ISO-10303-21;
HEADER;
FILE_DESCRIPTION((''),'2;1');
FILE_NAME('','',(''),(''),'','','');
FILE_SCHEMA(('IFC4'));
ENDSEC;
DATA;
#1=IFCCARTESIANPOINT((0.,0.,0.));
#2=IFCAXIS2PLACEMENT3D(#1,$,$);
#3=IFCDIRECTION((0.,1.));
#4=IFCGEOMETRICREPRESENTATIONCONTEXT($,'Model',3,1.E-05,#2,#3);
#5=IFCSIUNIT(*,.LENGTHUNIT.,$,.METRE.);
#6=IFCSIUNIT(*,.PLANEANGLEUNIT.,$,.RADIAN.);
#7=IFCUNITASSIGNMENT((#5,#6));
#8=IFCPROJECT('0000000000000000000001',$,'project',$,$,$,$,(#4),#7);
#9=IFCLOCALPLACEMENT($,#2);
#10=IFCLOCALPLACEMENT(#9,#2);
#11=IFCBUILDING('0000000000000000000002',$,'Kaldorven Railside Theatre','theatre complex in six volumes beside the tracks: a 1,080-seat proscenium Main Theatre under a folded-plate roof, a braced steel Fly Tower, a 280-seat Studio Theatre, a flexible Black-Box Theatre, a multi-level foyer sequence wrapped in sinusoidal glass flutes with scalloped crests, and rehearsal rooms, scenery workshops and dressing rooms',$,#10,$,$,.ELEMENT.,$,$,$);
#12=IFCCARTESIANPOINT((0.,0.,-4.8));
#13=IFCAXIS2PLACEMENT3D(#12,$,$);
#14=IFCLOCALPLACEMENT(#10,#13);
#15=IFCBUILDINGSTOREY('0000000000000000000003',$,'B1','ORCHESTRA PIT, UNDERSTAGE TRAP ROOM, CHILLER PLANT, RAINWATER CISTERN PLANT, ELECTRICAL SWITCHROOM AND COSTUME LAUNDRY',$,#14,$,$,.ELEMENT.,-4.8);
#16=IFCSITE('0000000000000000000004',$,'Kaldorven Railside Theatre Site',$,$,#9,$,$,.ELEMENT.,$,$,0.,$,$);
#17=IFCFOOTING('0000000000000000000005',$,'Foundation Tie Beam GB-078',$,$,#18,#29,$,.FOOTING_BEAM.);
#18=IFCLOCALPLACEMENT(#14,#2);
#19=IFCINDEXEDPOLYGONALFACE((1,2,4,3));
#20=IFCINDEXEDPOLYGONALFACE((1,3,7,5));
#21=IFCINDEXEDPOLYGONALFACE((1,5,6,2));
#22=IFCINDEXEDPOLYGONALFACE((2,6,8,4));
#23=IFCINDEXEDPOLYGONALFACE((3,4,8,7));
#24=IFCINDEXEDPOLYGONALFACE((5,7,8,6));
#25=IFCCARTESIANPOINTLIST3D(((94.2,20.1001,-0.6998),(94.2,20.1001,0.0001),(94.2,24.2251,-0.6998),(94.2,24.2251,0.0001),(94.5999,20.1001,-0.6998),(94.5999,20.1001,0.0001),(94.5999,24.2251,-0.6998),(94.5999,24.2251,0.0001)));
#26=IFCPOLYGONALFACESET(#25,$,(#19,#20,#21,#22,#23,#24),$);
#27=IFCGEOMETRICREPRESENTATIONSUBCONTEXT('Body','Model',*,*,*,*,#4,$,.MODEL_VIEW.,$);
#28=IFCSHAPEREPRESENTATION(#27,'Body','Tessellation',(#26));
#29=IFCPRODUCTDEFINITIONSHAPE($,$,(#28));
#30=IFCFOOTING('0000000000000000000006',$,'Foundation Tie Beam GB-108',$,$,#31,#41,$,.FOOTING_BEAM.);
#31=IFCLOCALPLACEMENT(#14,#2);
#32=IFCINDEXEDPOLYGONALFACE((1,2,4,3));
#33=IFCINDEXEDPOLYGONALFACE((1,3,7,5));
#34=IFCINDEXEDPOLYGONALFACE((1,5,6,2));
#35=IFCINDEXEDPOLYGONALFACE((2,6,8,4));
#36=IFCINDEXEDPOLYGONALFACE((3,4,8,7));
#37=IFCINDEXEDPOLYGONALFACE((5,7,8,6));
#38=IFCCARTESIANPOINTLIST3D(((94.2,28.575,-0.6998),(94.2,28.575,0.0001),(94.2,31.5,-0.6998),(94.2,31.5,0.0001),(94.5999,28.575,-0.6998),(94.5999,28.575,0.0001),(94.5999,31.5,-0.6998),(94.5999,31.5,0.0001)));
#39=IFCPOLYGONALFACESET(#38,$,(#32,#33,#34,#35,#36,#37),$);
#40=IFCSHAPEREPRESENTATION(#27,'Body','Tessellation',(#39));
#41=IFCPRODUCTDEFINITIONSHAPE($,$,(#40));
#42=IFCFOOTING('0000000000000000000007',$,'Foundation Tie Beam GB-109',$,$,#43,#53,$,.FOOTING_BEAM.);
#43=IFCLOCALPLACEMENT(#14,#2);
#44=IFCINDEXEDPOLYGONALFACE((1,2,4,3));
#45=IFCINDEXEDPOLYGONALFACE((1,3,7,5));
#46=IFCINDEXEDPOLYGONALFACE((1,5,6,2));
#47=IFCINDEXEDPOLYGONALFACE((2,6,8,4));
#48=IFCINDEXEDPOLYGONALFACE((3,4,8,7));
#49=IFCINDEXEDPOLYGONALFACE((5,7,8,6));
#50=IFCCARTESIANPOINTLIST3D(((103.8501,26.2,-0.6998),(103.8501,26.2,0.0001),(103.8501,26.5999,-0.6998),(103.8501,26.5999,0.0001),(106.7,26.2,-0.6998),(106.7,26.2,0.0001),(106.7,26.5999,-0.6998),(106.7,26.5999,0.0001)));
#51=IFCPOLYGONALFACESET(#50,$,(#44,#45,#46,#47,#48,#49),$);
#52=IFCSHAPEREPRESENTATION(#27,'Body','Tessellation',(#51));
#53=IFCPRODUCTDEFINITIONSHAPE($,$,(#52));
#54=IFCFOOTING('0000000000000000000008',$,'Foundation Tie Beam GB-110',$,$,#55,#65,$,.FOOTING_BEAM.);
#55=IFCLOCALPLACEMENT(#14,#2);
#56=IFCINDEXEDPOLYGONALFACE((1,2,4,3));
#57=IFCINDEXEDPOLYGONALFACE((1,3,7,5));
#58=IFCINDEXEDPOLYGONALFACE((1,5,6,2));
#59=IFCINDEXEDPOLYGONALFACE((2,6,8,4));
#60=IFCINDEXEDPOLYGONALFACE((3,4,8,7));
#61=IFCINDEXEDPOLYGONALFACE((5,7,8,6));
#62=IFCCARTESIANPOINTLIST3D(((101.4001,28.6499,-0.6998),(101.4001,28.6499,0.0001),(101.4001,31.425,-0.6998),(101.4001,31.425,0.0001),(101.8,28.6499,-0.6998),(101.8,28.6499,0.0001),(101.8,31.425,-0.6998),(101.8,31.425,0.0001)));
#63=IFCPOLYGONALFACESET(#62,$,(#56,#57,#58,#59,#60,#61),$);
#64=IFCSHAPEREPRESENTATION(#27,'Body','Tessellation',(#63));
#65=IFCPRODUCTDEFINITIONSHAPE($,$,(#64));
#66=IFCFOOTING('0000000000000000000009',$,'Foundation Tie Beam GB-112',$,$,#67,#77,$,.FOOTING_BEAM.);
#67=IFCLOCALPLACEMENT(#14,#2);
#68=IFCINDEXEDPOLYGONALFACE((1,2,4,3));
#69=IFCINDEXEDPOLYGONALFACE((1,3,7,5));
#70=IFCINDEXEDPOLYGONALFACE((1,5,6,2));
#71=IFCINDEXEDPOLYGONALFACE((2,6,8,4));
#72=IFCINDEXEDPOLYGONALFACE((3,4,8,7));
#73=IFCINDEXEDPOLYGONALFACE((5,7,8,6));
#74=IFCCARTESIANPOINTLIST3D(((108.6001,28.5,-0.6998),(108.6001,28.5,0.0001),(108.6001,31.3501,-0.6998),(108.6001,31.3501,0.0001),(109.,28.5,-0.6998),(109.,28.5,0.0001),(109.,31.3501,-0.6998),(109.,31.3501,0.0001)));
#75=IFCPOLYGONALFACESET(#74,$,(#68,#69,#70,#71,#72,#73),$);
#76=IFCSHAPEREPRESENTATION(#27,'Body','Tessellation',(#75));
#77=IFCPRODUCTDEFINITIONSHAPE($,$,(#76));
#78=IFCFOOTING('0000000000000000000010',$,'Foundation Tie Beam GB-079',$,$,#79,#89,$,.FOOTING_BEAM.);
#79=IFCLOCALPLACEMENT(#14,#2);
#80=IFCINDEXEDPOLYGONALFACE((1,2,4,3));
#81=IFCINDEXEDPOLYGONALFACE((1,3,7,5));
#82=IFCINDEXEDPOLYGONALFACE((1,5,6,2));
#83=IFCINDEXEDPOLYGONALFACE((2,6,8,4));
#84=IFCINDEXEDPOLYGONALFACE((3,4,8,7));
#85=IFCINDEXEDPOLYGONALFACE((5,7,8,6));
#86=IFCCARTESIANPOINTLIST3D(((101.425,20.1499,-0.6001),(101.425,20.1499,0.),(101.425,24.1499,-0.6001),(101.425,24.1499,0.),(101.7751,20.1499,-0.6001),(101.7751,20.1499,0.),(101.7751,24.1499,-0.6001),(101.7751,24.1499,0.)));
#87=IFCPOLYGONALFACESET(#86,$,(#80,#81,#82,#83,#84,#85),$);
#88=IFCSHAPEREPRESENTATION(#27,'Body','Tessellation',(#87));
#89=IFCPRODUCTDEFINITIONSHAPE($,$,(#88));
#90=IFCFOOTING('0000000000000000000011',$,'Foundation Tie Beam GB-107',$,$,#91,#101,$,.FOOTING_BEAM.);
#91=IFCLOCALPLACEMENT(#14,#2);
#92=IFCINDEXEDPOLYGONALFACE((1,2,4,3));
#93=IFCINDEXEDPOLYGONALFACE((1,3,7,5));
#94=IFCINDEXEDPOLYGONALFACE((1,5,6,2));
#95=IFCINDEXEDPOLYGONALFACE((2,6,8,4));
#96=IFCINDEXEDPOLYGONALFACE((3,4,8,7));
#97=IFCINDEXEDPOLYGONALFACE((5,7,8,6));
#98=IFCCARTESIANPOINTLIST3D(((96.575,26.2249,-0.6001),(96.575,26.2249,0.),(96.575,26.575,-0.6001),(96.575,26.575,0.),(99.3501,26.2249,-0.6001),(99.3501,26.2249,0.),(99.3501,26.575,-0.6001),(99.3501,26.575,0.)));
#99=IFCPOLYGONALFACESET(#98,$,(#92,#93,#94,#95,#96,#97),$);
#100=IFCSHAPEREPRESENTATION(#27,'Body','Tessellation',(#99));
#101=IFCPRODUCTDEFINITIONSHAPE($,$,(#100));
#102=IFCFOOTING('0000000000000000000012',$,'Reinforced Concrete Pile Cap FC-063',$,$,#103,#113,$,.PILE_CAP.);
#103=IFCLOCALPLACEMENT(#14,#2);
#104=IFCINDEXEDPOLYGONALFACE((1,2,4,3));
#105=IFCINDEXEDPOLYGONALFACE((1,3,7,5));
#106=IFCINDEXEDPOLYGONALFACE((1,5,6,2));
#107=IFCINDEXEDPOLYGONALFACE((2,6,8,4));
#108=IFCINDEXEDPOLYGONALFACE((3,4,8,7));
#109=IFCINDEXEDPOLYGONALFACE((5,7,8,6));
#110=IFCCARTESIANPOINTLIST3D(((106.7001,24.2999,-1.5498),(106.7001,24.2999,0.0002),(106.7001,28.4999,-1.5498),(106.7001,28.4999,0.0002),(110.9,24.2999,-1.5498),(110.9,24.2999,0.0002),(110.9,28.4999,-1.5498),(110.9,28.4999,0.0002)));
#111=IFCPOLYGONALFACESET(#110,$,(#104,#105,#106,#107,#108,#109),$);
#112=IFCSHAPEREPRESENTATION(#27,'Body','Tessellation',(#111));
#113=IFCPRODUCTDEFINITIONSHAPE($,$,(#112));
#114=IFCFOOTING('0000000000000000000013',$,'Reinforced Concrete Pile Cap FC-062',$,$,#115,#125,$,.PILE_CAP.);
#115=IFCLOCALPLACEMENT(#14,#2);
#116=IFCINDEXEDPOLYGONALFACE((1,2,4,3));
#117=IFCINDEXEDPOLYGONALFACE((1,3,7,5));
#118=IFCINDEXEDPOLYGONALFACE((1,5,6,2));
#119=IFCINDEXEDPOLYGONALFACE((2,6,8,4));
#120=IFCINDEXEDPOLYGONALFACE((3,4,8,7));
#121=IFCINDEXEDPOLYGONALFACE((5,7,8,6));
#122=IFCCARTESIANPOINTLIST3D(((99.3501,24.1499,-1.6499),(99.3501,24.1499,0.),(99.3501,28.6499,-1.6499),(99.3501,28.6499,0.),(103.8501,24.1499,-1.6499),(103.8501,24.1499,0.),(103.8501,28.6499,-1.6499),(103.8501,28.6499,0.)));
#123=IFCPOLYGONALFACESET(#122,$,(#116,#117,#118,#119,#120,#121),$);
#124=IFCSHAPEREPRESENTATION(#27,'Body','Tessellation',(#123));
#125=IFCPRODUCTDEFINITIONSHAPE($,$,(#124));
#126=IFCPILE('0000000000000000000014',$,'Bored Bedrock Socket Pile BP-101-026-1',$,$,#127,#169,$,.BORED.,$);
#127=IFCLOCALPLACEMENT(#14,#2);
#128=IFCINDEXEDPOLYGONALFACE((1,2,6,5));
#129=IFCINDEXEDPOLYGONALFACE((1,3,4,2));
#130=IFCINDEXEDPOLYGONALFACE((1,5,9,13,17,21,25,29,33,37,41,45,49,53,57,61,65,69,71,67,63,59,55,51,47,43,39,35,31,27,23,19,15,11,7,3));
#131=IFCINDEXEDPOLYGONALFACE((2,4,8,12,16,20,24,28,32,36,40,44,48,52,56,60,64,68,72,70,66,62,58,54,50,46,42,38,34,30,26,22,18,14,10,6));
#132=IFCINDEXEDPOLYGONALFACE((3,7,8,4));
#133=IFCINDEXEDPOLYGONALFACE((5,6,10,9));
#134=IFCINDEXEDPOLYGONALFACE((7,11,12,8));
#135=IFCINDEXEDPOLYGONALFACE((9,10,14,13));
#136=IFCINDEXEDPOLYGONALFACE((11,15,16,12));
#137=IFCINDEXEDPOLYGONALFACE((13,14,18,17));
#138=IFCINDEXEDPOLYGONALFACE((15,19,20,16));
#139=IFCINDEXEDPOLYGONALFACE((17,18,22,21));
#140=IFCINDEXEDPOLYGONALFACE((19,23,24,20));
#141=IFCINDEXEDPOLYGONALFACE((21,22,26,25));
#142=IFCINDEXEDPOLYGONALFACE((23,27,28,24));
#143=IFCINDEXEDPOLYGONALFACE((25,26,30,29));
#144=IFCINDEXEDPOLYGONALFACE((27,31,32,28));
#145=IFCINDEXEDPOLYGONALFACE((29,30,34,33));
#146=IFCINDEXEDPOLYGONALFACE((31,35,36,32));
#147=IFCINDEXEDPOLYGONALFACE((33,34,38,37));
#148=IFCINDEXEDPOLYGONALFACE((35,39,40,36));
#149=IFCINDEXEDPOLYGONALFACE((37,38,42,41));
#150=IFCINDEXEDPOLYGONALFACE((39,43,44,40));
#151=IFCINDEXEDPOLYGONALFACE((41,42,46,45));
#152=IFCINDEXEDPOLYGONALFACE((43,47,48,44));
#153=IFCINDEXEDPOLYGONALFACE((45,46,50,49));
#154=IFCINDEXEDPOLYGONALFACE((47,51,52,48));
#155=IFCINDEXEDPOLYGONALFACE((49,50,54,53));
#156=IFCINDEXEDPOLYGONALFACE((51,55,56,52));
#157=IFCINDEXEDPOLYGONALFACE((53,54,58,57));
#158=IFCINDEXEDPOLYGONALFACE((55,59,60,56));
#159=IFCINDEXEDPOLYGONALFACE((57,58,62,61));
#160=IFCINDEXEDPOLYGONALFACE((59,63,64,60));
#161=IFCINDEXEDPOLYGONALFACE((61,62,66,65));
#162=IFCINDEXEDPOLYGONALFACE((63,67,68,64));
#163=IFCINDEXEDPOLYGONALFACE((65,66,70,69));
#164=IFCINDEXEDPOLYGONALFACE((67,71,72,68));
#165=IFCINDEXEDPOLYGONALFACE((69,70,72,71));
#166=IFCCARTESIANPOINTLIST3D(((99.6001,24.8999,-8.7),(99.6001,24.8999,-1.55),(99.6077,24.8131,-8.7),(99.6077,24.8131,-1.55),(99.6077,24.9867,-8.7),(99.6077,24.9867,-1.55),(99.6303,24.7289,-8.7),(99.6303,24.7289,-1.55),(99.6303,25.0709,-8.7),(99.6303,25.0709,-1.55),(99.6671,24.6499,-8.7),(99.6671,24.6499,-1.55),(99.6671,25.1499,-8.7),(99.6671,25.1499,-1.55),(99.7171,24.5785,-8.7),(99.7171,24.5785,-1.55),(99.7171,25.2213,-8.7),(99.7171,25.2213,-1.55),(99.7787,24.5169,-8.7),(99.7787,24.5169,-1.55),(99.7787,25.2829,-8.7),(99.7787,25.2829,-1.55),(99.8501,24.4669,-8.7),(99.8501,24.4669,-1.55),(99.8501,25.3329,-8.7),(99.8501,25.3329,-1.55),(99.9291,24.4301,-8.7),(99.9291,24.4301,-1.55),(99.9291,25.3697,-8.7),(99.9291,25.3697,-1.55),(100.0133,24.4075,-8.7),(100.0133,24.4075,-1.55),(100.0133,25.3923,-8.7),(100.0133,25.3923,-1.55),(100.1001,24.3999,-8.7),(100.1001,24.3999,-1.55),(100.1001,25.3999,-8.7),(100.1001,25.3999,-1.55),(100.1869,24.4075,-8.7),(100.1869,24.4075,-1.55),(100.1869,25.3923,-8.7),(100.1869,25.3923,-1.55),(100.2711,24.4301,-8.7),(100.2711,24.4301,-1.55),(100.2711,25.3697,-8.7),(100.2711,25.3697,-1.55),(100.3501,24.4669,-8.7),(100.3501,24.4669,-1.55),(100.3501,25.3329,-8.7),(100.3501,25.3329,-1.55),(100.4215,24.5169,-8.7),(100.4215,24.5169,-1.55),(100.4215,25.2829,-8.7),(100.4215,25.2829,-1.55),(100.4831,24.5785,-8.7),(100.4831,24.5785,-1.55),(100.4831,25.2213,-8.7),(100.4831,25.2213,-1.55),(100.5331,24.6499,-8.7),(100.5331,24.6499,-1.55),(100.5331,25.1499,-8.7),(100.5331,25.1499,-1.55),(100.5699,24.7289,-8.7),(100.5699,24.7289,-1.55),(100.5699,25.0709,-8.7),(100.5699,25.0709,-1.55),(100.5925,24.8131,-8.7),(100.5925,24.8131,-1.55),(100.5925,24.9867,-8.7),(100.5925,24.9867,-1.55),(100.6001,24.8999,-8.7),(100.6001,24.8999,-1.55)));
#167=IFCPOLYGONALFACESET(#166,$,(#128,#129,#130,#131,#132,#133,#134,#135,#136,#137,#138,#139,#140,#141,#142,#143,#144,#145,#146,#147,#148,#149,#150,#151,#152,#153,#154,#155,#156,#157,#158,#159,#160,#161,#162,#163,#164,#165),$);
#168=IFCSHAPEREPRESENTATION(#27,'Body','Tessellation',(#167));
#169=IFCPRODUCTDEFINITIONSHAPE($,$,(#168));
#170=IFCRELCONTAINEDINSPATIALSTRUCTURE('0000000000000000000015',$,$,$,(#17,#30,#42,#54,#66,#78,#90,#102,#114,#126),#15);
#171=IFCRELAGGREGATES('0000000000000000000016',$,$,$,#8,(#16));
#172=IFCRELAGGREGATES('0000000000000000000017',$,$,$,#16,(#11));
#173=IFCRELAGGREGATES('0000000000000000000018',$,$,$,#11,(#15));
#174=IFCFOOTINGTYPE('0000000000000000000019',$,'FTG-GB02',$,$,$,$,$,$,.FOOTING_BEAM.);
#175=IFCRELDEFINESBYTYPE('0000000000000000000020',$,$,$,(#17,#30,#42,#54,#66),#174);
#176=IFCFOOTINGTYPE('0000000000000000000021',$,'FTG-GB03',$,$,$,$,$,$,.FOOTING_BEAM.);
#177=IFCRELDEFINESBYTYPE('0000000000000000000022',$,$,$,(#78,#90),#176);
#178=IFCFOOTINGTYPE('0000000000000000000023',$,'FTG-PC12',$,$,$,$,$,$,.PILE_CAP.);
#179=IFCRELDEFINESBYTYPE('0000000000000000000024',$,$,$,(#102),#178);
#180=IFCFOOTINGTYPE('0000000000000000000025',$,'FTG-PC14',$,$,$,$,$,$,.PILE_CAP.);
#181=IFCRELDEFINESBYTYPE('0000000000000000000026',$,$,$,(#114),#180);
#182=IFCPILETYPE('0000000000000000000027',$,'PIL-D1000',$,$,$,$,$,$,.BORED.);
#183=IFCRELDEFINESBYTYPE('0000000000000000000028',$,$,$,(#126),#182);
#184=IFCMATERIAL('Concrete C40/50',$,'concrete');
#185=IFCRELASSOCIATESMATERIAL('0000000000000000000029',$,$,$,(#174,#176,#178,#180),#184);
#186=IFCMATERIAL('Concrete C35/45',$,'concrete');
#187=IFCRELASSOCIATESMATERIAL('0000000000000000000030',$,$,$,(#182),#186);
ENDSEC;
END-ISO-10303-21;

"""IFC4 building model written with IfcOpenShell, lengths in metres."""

from ifc_helpers import new_model, si_unit, direction, frame, origin, origin_2d, place, context, subcontext, project, spatial, rectangle, circle, extrude, material, material_profile, profile_set, type_object, element, save


model = new_model("IFC4")

# Units and contexts
model_context = context("Model", 3, precision=1e-05, world=origin(), true_north=direction((0.0, 1.0)))
body_context = subcontext(model_context, "Body", "Model", "MODEL_VIEW")
ifc_project = project(units=[si_unit("LENGTHUNIT", "METRE"), si_unit("PLANEANGLEUNIT", "RADIAN")], contexts=[model_context])

# Site, building, storey
site_placement = place(None, origin())
site = spatial("IfcSite", under=ifc_project, at=site_placement, Name="Kaldorven Railside Theatre Site", CompositionType="ELEMENT", RefElevation=0.0)
building_placement = place(site_placement, origin())
building = spatial("IfcBuilding", under=site, at=building_placement, Name="Kaldorven Railside Theatre", Description="theatre complex in six volumes beside the tracks: a 1,080-seat proscenium Main Theatre under a folded-plate roof, a braced steel Fly Tower, a 280-seat Studio Theatre, a flexible Black-Box Theatre, a multi-level foyer sequence wrapped in sinusoidal glass flutes with scalloped crests, and rehearsal rooms, scenery workshops and dressing rooms", CompositionType="ELEMENT")
storey_placement = place(building_placement, frame((0.0, 0.0, -4.8)))
storey = spatial("IfcBuildingStorey", under=building, at=storey_placement, Name="B1", Description="ORCHESTRA PIT, UNDERSTAGE TRAP ROOM, CHILLER PLANT, RAINWATER CISTERN PLANT, ELECTRICAL SWITCHROOM AND COSTUME LAUNDRY", CompositionType="ELEMENT", Elevation=-4.8)

# Footings
ifc_material_1 = material(Name="Concrete C40/50", Category="concrete")
ifc_material_profile_1 = material_profile(ifc_material_1, rectangle(XDim=0.3999, YDim=0.7, at=origin_2d()), Name="RC 400x700")
ifc_profile_set_1 = profile_set([ifc_material_profile_1], Name="Concrete C40/50")
footing_type_1 = type_object("IfcFootingType", Name="FTG-GB02", PredefinedType="FOOTING_BEAM", material=ifc_profile_set_1)
footing_1_placement = place(storey_placement, frame((94.3999, 20.1001, -0.3499), z_axis=(0.0, 1.0, 0.0), x_axis=(-1.0, 0.0, 0.0)))
element("IfcFooting", 1, at=footing_1_placement, inside=storey, type_object=footing_type_1, Name="Foundation Tie Beam GB-078", PredefinedType="FOOTING_BEAM", context=body_context, shape_type="SweptSolid", body=[
    extrude(rectangle(XDim=0.3999, YDim=0.7, at=origin_2d()), origin(), (0.0, 0.0, 1.0), 4.125),
])
footing_2_placement = place(storey_placement, frame((94.3999, 28.575, -0.3499), z_axis=(0.0, 1.0, 0.0), x_axis=(-1.0, 0.0, 0.0)))
element("IfcFooting", 2, at=footing_2_placement, inside=storey, type_object=footing_type_1, Name="Foundation Tie Beam GB-108", PredefinedType="FOOTING_BEAM", context=body_context, shape_type="SweptSolid", body=[
    extrude(rectangle(XDim=0.3999, YDim=0.7, at=origin_2d()), origin(), (0.0, 0.0, 1.0), 2.925),
])
footing_3_placement = place(storey_placement, frame((103.8501, 26.3999, -0.3499), z_axis=(1.0, 0.0, 0.0), x_axis=(0.0, 1.0, 0.0)))
element("IfcFooting", 3, at=footing_3_placement, inside=storey, type_object=footing_type_1, Name="Foundation Tie Beam GB-109", PredefinedType="FOOTING_BEAM", context=body_context, shape_type="SweptSolid", body=[
    extrude(rectangle(XDim=0.3999, YDim=0.7, at=origin_2d()), origin(), (0.0, 0.0, 1.0), 2.8499),
])
footing_4_placement = place(storey_placement, frame((101.6001, 28.6499, -0.3499), z_axis=(0.0, 1.0, 0.0), x_axis=(-1.0, 0.0, 0.0)))
element("IfcFooting", 4, at=footing_4_placement, inside=storey, type_object=footing_type_1, Name="Foundation Tie Beam GB-110", PredefinedType="FOOTING_BEAM", context=body_context, shape_type="SweptSolid", body=[
    extrude(rectangle(XDim=0.3999, YDim=0.7, at=origin_2d()), origin(), (0.0, 0.0, 1.0), 2.7751),
])
footing_5_placement = place(storey_placement, frame((108.8, 28.5, -0.3499), z_axis=(0.0, 1.0, 0.0), x_axis=(-1.0, 0.0, 0.0)))
element("IfcFooting", 5, at=footing_5_placement, inside=storey, type_object=footing_type_1, Name="Foundation Tie Beam GB-112", PredefinedType="FOOTING_BEAM", context=body_context, shape_type="SweptSolid", body=[
    extrude(rectangle(XDim=0.3999, YDim=0.7, at=origin_2d()), origin(), (0.0, 0.0, 1.0), 2.8501),
])
ifc_material_profile_2 = material_profile(ifc_material_1, rectangle(XDim=0.3501, YDim=0.6001, at=origin_2d()), Name="RC 350x600")
ifc_profile_set_2 = profile_set([ifc_material_profile_2], Name="Concrete C40/50")
footing_type_2 = type_object("IfcFootingType", Name="FTG-GB03", PredefinedType="FOOTING_BEAM", material=ifc_profile_set_2)
footing_6_placement = place(storey_placement, frame((101.6001, 20.1499, -0.3), z_axis=(0.0, 1.0, 0.0), x_axis=(-1.0, 0.0, 0.0)))
element("IfcFooting", 6, at=footing_6_placement, inside=storey, type_object=footing_type_2, Name="Foundation Tie Beam GB-079", PredefinedType="FOOTING_BEAM", context=body_context, shape_type="SweptSolid", body=[
    extrude(rectangle(XDim=0.3501, YDim=0.6001, at=origin_2d()), origin(), (0.0, 0.0, 1.0), 4.0),
])
footing_7_placement = place(storey_placement, frame((96.575, 26.3999, -0.3), z_axis=(1.0, 0.0, 0.0), x_axis=(0.0, 1.0, 0.0)))
element("IfcFooting", 7, at=footing_7_placement, inside=storey, type_object=footing_type_2, Name="Foundation Tie Beam GB-107", PredefinedType="FOOTING_BEAM", context=body_context, shape_type="SweptSolid", body=[
    extrude(rectangle(XDim=0.3501, YDim=0.6001, at=origin_2d()), origin(), (0.0, 0.0, 1.0), 2.7751),
])
footing_type_3 = type_object("IfcFootingType", Name="FTG-PC12", PredefinedType="PILE_CAP", material=ifc_material_1)
footing_8_placement = place(storey_placement, frame((108.8, 26.3999, -1.5498), z_axis=(0.0, 0.0, 1.0), x_axis=(1.0, 0.0, 0.0)))
element("IfcFooting", 8, at=footing_8_placement, inside=storey, type_object=footing_type_3, Name="Reinforced Concrete Pile Cap FC-063", PredefinedType="PILE_CAP", context=body_context, shape_type="SweptSolid", body=[
    extrude(rectangle(XDim=4.2, YDim=4.2, at=origin_2d()), origin(), (0.0, 0.0, 1.0), 1.55),
])
footing_type_4 = type_object("IfcFootingType", Name="FTG-PC14", PredefinedType="PILE_CAP", material=ifc_material_1)
footing_9_placement = place(storey_placement, frame((101.6001, 26.3999, -1.6499), z_axis=(0.0, 0.0, 1.0), x_axis=(1.0, 0.0, 0.0)))
element("IfcFooting", 9, at=footing_9_placement, inside=storey, type_object=footing_type_4, Name="Reinforced Concrete Pile Cap FC-062", PredefinedType="PILE_CAP", context=body_context, shape_type="SweptSolid", body=[
    extrude(rectangle(XDim=4.5, YDim=4.5, at=origin_2d()), origin(), (0.0, 0.0, 1.0), 1.6499),
])

# Pile
ifc_material_2 = material(Name="Concrete C35/45", Category="concrete")
ifc_material_profile_3 = material_profile(ifc_material_2, circle(Radius=0.5, at=origin_2d()), Name="BP D1000")
ifc_profile_set_3 = profile_set([ifc_material_profile_3], Name="Concrete C35/45")
pile_type_1 = type_object("IfcPileType", Name="PIL-D1000", PredefinedType="BORED", material=ifc_profile_set_3)
for number, where, z_axis, x_axis, name in (
    (10, (100.1001, 24.8999, -1.55), (0.0, 0.0, -1.0), (1.0, 0.0, 0.0), "Bored Bedrock Socket Pile BP-101-026-1"),
):
    element("IfcPile", number, at=place(storey_placement, frame(where, z_axis=z_axis, x_axis=x_axis)), inside=storey, type_object=pile_type_1, Name=name, PredefinedType="BORED", context=body_context, shape_type="SweptSolid", body=[
        extrude(circle(Radius=0.5, at=origin_2d()), origin(), (0.0, 0.0, 1.0), 7.1499),
    ])

save(model, "model.ifc")
